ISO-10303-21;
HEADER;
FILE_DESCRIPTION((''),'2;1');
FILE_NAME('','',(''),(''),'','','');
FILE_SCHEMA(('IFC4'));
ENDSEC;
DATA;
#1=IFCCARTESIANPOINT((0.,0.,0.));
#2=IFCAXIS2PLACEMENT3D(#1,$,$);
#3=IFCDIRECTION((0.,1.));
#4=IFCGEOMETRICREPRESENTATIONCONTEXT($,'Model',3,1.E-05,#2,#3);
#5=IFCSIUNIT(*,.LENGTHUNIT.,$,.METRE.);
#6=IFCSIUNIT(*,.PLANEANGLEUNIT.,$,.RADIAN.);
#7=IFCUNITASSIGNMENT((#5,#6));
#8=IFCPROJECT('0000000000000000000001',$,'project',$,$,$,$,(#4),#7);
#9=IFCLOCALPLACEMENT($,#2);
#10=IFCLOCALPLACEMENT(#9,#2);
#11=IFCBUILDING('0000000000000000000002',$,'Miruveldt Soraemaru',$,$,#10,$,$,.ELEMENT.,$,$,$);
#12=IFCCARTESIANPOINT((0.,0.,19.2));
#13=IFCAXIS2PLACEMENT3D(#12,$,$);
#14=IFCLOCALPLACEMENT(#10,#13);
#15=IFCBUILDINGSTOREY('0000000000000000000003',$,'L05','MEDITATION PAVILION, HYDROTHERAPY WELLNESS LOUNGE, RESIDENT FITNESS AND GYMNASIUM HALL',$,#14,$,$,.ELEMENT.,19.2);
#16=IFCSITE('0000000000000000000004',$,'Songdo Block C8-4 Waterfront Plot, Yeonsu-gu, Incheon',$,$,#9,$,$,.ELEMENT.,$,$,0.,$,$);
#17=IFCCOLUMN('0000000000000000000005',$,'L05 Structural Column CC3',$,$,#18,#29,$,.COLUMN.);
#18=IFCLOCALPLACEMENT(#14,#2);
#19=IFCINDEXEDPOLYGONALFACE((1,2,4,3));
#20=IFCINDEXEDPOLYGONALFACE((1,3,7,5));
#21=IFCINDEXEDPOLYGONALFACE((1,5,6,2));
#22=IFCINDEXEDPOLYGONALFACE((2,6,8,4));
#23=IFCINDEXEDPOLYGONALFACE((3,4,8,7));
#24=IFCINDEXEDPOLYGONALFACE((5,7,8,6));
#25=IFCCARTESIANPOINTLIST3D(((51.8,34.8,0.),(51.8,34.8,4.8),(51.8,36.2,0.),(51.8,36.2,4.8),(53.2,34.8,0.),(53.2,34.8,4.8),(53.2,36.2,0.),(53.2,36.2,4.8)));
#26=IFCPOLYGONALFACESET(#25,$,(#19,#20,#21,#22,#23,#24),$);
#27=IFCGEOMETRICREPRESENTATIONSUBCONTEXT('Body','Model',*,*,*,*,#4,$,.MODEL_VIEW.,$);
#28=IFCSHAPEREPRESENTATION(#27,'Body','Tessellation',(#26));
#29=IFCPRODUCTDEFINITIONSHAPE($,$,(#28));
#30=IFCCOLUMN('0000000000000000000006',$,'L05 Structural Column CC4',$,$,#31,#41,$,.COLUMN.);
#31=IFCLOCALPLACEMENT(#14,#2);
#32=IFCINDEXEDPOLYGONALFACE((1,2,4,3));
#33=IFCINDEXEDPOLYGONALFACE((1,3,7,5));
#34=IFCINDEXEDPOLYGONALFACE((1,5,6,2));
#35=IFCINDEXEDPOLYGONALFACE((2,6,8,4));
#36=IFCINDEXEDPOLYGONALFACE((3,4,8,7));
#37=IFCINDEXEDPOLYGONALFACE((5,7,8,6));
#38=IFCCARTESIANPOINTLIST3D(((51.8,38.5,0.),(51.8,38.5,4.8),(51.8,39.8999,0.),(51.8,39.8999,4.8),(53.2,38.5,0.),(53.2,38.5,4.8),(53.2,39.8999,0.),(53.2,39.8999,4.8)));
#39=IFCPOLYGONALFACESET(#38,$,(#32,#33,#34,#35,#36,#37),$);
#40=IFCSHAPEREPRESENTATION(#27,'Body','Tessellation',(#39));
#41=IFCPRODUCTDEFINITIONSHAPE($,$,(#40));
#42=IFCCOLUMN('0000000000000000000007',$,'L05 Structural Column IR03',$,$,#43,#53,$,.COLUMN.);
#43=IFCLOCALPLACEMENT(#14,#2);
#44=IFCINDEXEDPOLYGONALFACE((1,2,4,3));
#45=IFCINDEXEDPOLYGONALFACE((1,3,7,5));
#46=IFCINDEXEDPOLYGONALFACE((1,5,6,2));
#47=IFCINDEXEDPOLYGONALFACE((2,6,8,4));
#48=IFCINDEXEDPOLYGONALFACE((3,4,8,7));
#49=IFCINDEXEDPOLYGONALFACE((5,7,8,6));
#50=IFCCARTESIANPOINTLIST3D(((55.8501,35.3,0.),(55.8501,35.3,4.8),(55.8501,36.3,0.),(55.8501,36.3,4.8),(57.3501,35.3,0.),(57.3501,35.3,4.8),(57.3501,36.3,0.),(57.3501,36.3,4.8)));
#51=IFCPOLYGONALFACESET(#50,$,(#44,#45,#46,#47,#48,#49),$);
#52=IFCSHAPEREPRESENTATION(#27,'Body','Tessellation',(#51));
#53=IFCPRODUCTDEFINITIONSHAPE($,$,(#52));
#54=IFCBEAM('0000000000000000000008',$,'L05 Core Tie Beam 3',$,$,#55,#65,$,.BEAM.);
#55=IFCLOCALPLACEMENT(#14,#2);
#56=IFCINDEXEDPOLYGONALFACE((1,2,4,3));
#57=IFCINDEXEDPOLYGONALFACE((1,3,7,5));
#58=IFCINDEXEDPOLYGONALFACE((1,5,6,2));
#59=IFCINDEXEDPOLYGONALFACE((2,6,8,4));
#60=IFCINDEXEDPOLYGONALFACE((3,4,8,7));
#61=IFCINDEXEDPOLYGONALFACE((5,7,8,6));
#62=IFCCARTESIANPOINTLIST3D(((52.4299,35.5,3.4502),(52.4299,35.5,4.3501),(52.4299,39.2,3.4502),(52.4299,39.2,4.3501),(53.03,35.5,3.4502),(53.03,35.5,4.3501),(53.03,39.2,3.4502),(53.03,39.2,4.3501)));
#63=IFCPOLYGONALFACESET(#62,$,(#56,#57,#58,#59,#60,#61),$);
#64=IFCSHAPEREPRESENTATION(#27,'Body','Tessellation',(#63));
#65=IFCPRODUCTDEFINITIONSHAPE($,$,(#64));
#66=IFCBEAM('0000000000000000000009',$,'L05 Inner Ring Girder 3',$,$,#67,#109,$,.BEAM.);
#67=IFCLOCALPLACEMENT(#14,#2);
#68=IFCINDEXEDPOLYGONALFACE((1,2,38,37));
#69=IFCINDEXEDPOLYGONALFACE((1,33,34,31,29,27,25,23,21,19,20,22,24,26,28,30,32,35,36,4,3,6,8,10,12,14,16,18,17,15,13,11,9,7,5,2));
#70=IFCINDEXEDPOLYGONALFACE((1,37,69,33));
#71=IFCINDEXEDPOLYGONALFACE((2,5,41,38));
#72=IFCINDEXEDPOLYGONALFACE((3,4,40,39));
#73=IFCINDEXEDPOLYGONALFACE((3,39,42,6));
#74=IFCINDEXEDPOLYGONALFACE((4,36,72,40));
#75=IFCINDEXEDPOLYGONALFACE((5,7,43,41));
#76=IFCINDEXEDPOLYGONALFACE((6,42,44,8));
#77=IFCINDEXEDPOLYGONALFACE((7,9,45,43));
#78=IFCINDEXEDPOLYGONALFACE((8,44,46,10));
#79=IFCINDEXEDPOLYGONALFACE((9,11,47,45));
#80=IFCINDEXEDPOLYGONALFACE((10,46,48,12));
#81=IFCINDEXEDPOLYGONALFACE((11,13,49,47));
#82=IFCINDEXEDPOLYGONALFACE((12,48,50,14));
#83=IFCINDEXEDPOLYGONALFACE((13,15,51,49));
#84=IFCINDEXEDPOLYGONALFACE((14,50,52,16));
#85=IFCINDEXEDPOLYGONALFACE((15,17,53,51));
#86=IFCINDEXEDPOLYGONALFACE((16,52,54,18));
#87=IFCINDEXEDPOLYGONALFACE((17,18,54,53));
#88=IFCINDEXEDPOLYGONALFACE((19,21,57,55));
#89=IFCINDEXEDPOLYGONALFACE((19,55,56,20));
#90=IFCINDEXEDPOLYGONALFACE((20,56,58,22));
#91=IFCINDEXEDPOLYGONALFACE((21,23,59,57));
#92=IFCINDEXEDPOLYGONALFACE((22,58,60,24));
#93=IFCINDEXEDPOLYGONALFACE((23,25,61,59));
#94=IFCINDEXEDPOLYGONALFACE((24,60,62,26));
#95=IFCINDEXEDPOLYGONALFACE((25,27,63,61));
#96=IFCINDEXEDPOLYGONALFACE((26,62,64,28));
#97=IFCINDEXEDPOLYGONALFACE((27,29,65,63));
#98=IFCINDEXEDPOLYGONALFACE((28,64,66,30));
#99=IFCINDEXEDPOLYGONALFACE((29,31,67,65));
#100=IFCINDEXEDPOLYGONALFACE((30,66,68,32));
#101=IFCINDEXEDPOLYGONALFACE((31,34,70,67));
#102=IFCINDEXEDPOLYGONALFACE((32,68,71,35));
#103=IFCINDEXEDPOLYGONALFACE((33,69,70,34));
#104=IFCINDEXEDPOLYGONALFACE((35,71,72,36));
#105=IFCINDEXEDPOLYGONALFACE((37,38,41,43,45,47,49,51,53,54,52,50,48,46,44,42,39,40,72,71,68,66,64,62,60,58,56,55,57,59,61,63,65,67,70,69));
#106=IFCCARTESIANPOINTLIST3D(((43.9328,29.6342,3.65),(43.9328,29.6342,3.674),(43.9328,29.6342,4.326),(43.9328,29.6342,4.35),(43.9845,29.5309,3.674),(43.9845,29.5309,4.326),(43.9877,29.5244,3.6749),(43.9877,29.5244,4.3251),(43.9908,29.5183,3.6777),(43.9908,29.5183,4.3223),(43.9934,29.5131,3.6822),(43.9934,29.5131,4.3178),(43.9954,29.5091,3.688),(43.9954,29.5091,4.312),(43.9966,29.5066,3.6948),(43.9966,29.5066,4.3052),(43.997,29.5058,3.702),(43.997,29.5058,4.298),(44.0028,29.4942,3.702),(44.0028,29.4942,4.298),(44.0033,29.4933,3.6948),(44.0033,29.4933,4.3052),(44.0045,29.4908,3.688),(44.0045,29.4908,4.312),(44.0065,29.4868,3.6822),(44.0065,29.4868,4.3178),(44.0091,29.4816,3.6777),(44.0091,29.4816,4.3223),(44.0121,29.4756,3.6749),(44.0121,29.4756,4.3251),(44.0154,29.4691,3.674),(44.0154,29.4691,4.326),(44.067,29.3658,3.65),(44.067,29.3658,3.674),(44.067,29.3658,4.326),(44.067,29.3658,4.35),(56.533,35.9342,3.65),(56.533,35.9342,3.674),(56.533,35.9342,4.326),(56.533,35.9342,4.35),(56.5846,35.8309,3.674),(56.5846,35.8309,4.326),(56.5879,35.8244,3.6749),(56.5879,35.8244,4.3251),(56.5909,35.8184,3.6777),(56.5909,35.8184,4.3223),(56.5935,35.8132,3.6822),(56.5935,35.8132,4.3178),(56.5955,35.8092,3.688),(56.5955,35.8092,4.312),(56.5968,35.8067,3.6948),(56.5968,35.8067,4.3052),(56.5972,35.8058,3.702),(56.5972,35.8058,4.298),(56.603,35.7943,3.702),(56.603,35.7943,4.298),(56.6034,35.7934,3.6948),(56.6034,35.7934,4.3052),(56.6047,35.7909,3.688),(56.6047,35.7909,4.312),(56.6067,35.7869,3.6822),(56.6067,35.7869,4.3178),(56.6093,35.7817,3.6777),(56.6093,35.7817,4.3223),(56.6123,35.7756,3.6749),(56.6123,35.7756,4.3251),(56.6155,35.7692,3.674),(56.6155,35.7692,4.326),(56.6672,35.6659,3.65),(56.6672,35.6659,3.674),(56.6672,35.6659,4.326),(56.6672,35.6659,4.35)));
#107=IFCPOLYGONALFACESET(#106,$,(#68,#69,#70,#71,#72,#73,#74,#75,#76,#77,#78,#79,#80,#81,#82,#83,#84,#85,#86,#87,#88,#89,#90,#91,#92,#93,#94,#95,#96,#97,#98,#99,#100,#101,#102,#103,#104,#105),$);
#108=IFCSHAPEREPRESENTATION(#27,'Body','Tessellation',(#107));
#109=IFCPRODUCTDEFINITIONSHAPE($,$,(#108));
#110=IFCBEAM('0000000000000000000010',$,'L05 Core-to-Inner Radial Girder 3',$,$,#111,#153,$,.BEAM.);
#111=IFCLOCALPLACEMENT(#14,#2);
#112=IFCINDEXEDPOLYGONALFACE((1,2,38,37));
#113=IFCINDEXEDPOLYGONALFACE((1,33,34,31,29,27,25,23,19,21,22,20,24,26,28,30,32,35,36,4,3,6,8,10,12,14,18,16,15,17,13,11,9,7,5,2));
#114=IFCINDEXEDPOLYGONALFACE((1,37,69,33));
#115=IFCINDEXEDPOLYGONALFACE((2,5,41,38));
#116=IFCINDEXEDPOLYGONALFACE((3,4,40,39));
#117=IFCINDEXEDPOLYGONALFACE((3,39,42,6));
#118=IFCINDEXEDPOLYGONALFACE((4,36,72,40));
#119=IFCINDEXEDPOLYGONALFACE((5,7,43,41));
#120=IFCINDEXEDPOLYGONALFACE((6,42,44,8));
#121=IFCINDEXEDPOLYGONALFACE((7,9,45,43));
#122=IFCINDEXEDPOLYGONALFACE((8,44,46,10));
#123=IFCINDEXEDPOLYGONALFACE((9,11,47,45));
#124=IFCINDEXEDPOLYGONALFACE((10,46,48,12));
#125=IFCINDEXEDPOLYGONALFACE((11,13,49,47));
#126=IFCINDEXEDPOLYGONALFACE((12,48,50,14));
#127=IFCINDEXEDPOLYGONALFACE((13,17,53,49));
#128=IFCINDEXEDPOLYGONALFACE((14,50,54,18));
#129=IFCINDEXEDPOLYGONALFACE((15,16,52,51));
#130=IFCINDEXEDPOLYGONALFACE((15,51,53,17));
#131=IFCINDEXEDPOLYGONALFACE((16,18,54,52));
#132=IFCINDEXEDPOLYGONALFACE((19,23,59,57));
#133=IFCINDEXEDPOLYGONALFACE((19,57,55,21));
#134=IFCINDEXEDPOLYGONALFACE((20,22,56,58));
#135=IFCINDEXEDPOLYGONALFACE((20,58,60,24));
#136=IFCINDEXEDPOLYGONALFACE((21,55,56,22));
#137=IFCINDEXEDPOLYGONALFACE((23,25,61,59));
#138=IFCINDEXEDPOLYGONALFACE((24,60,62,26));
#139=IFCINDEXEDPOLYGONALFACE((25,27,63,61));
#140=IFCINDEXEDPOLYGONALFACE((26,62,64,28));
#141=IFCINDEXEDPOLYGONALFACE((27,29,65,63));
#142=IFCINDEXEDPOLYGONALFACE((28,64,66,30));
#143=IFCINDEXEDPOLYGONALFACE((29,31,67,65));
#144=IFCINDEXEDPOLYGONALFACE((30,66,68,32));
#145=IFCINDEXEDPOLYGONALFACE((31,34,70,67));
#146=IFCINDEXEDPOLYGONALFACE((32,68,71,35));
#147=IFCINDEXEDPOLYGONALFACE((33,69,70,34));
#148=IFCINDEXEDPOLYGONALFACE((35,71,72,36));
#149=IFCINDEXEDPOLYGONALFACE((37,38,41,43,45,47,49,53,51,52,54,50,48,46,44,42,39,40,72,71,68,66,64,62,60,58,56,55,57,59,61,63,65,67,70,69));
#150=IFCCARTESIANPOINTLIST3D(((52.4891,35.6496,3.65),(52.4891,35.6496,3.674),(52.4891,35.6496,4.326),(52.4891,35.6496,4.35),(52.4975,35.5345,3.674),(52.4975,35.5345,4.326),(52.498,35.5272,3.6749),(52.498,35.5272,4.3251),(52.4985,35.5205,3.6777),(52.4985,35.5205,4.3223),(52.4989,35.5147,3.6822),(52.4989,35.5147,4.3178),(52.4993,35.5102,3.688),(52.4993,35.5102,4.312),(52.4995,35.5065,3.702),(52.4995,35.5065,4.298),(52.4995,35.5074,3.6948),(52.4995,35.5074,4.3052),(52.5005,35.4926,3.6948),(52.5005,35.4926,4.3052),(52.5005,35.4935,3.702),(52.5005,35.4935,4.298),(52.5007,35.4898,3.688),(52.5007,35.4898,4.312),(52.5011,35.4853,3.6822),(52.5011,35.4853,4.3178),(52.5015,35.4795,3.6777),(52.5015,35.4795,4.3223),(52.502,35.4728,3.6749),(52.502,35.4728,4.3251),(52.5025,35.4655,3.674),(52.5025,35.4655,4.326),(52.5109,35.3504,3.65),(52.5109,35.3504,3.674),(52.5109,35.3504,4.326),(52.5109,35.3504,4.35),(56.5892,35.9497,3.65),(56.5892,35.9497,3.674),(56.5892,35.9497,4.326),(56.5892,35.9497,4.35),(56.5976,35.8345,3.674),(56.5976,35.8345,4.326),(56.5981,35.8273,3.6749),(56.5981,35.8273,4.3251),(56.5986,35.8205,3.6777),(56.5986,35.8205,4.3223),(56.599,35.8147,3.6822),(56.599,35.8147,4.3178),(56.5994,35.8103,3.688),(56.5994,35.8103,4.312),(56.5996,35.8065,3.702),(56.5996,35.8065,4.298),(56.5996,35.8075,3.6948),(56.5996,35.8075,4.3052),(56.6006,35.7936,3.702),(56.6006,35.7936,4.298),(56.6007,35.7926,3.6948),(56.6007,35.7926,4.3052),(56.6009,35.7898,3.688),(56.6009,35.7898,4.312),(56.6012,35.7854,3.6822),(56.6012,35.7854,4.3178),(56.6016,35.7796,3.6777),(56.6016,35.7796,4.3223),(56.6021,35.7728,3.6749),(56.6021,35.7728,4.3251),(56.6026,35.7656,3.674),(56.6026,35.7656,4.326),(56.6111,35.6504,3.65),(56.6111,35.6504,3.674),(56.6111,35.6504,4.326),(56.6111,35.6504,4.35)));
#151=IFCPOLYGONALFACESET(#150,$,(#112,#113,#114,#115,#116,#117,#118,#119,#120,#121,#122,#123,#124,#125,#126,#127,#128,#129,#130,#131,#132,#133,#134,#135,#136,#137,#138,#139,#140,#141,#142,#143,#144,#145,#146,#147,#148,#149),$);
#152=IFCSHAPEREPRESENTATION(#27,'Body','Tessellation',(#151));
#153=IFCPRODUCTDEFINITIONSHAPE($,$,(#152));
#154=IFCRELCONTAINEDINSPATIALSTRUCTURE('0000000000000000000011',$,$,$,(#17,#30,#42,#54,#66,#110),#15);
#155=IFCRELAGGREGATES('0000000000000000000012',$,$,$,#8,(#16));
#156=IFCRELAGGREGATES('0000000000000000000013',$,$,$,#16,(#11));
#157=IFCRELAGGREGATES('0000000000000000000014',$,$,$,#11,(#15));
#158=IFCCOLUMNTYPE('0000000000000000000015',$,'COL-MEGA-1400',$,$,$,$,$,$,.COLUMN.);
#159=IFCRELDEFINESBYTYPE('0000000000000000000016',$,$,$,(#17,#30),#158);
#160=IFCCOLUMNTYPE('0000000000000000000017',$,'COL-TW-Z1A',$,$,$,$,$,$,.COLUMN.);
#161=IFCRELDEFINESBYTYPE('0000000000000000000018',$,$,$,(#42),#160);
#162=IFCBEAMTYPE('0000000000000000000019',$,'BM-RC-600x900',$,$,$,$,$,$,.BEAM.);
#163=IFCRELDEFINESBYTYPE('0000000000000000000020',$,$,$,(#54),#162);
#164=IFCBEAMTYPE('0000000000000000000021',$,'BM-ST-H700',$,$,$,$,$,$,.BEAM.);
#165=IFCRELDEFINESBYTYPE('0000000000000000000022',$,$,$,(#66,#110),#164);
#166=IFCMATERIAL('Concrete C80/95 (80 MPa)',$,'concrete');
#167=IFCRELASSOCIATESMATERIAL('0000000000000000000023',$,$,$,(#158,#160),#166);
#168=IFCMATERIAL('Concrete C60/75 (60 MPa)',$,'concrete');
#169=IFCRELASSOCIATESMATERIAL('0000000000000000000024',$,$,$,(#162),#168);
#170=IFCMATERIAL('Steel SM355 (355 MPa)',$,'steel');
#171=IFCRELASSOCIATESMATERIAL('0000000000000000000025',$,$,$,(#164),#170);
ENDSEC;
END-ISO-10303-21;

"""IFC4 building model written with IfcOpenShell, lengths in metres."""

from ifc_helpers import new_model, si_unit, direction, frame, origin, origin_2d, place, context, subcontext, project, spatial, rectangle, i_section, extrude, material, material_profile, profile_set, type_object, element, save


model = new_model("IFC4")

# Units and contexts
model_context = context("Model", 3, precision=1e-05, world=origin(), true_north=direction((0.0, 1.0)))
body_context = subcontext(model_context, "Body", "Model", "MODEL_VIEW")
ifc_project = project(units=[si_unit("LENGTHUNIT", "METRE"), si_unit("PLANEANGLEUNIT", "RADIAN")], contexts=[model_context])

# Site, building, storey
site_placement = place(None, origin())
site = spatial("IfcSite", under=ifc_project, at=site_placement, Name="Songdo Block C8-4 Waterfront Plot, Yeonsu-gu, Incheon", CompositionType="ELEMENT", RefElevation=0.0)
building_placement = place(site_placement, origin())
building = spatial("IfcBuilding", under=site, at=building_placement, Name="Miruveldt Soraemaru", CompositionType="ELEMENT")
storey_placement = place(building_placement, frame((0.0, 0.0, 19.2)))
storey = spatial("IfcBuildingStorey", under=building, at=storey_placement, Name="L05", Description="MEDITATION PAVILION, HYDROTHERAPY WELLNESS LOUNGE, RESIDENT FITNESS AND GYMNASIUM HALL", CompositionType="ELEMENT", Elevation=19.2)

# Columns
ifc_material_1 = material(Name="Concrete C80/95 (80 MPa)", Category="concrete")
ifc_material_profile_1 = material_profile(ifc_material_1, rectangle(XDim=1.3999, YDim=1.3999, at=origin_2d()), Name="Concrete C80/95 (80 MPa)", Category="concrete")
ifc_profile_set_1 = profile_set([ifc_material_profile_1], Name="Concrete C80/95 (80 MPa)")
column_type_1 = type_object("IfcColumnType", Name="COL-MEGA-1400", PredefinedType="COLUMN", material=ifc_profile_set_1)
for number, where, z_axis, x_axis, name in (
    (1, (52.5, 35.5, 0.0), (0.0, 0.0, 1.0), (1.0, 0.0, 0.0), "L05 Structural Column CC3"),
    (2, (52.5, 39.2, 0.0), (0.0, 0.0, 1.0), (1.0, 0.0, 0.0), "L05 Structural Column CC4"),
):
    element("IfcColumn", number, at=place(storey_placement, frame(where, z_axis=z_axis, x_axis=x_axis)), inside=storey, type_object=column_type_1, Name=name, PredefinedType="COLUMN", context=body_context, shape_type="SweptSolid", body=[
        extrude(rectangle(XDim=1.3999, YDim=1.3999, at=origin_2d()), origin(), (0.0, 0.0, 1.0), 4.8),
    ])
ifc_material_profile_2 = material_profile(ifc_material_1, rectangle(XDim=1.5, YDim=1.0, at=origin_2d()), Name="Concrete C80/95 (80 MPa)", Category="concrete")
ifc_profile_set_2 = profile_set([ifc_material_profile_2], Name="Concrete C80/95 (80 MPa)")
column_type_2 = type_object("IfcColumnType", Name="COL-TW-Z1A", PredefinedType="COLUMN", material=ifc_profile_set_2)
column_placement = place(storey_placement, frame((56.6001, 35.8, 0.0), z_axis=(0.0, 0.0, 1.0), x_axis=(1.0, 0.0, 0.0)))
element("IfcColumn", 3, at=column_placement, inside=storey, type_object=column_type_2, Name="L05 Structural Column IR03", PredefinedType="COLUMN", context=body_context, shape_type="SweptSolid", body=[
    extrude(rectangle(XDim=1.5, YDim=1.0, at=origin_2d()), origin(), (0.0, 0.0, 1.0), 4.8),
])

# Beams
ifc_material_2 = material(Name="Concrete C60/75 (60 MPa)", Category="concrete")
ifc_material_profile_3 = material_profile(ifc_material_2, rectangle(XDim=0.6001, YDim=0.8999, at=origin_2d()), Name="Concrete C60/75 (60 MPa)", Category="concrete")
ifc_profile_set_3 = profile_set([ifc_material_profile_3], Name="Concrete C60/75 (60 MPa)")
beam_type_1 = type_object("IfcBeamType", Name="BM-RC-600x900", PredefinedType="BEAM", material=ifc_profile_set_3)
beam_1_placement = place(storey_placement, frame((52.73, 35.5, 3.9001), z_axis=(0.0, 1.0, 0.0), x_axis=(-1.0, 0.0, 0.0)))
element("IfcBeam", 4, at=beam_1_placement, inside=storey, type_object=beam_type_1, Name="L05 Core Tie Beam 3", PredefinedType="BEAM", context=body_context, shape_type="SweptSolid", body=[
    extrude(rectangle(XDim=0.6001, YDim=0.8999, at=origin_2d()), origin(), (0.0, 0.0, 1.0), 3.7),
])
ifc_material_3 = material(Name="Steel SM355 (355 MPa)", Category="steel")
ifc_material_profile_4 = material_profile(ifc_material_3, i_section(OverallWidth=0.3, OverallDepth=0.7, WebThickness=0.0129, FlangeThickness=0.0239, FilletRadius=0.0281, at=origin_2d()), Name="Steel SM355 (355 MPa)", Category="steel")
ifc_profile_set_4 = profile_set([ifc_material_profile_4], Name="Steel SM355 (355 MPa)")
beam_type_2 = type_object("IfcBeamType", Name="BM-ST-H700", PredefinedType="BEAM", material=ifc_profile_set_4)
beam_2_placement = place(storey_placement, frame((56.6001, 35.8, 4.0), z_axis=(-0.894427, -0.447214, 0.0), x_axis=(0.447214, -0.894427, 0.0)))
element("IfcBeam", 5, at=beam_2_placement, inside=storey, type_object=beam_type_2, Name="L05 Inner Ring Girder 3", PredefinedType="BEAM", context=body_context, shape_type="SweptSolid", body=[
    extrude(i_section(OverallWidth=0.3, OverallDepth=0.7, WebThickness=0.0129, FlangeThickness=0.0239, FilletRadius=0.0281, at=origin_2d()), origin(), (0.0, 0.0, 1.0), 14.0874),
])
beam_3_placement = place(storey_placement, frame((52.5, 35.5, 4.0), z_axis=(0.997333, 0.072986, 0.0), x_axis=(-0.072986, 0.997333, 0.0)))
element("IfcBeam", 6, at=beam_3_placement, inside=storey, type_object=beam_type_2, Name="L05 Core-to-Inner Radial Girder 3", PredefinedType="BEAM", context=body_context, shape_type="SweptSolid", body=[
    extrude(i_section(OverallWidth=0.3, OverallDepth=0.7, WebThickness=0.0129, FlangeThickness=0.0239, FilletRadius=0.0281, at=origin_2d()), origin(), (0.0, 0.0, 1.0), 4.1111),
])

save(model, "model.ifc")
